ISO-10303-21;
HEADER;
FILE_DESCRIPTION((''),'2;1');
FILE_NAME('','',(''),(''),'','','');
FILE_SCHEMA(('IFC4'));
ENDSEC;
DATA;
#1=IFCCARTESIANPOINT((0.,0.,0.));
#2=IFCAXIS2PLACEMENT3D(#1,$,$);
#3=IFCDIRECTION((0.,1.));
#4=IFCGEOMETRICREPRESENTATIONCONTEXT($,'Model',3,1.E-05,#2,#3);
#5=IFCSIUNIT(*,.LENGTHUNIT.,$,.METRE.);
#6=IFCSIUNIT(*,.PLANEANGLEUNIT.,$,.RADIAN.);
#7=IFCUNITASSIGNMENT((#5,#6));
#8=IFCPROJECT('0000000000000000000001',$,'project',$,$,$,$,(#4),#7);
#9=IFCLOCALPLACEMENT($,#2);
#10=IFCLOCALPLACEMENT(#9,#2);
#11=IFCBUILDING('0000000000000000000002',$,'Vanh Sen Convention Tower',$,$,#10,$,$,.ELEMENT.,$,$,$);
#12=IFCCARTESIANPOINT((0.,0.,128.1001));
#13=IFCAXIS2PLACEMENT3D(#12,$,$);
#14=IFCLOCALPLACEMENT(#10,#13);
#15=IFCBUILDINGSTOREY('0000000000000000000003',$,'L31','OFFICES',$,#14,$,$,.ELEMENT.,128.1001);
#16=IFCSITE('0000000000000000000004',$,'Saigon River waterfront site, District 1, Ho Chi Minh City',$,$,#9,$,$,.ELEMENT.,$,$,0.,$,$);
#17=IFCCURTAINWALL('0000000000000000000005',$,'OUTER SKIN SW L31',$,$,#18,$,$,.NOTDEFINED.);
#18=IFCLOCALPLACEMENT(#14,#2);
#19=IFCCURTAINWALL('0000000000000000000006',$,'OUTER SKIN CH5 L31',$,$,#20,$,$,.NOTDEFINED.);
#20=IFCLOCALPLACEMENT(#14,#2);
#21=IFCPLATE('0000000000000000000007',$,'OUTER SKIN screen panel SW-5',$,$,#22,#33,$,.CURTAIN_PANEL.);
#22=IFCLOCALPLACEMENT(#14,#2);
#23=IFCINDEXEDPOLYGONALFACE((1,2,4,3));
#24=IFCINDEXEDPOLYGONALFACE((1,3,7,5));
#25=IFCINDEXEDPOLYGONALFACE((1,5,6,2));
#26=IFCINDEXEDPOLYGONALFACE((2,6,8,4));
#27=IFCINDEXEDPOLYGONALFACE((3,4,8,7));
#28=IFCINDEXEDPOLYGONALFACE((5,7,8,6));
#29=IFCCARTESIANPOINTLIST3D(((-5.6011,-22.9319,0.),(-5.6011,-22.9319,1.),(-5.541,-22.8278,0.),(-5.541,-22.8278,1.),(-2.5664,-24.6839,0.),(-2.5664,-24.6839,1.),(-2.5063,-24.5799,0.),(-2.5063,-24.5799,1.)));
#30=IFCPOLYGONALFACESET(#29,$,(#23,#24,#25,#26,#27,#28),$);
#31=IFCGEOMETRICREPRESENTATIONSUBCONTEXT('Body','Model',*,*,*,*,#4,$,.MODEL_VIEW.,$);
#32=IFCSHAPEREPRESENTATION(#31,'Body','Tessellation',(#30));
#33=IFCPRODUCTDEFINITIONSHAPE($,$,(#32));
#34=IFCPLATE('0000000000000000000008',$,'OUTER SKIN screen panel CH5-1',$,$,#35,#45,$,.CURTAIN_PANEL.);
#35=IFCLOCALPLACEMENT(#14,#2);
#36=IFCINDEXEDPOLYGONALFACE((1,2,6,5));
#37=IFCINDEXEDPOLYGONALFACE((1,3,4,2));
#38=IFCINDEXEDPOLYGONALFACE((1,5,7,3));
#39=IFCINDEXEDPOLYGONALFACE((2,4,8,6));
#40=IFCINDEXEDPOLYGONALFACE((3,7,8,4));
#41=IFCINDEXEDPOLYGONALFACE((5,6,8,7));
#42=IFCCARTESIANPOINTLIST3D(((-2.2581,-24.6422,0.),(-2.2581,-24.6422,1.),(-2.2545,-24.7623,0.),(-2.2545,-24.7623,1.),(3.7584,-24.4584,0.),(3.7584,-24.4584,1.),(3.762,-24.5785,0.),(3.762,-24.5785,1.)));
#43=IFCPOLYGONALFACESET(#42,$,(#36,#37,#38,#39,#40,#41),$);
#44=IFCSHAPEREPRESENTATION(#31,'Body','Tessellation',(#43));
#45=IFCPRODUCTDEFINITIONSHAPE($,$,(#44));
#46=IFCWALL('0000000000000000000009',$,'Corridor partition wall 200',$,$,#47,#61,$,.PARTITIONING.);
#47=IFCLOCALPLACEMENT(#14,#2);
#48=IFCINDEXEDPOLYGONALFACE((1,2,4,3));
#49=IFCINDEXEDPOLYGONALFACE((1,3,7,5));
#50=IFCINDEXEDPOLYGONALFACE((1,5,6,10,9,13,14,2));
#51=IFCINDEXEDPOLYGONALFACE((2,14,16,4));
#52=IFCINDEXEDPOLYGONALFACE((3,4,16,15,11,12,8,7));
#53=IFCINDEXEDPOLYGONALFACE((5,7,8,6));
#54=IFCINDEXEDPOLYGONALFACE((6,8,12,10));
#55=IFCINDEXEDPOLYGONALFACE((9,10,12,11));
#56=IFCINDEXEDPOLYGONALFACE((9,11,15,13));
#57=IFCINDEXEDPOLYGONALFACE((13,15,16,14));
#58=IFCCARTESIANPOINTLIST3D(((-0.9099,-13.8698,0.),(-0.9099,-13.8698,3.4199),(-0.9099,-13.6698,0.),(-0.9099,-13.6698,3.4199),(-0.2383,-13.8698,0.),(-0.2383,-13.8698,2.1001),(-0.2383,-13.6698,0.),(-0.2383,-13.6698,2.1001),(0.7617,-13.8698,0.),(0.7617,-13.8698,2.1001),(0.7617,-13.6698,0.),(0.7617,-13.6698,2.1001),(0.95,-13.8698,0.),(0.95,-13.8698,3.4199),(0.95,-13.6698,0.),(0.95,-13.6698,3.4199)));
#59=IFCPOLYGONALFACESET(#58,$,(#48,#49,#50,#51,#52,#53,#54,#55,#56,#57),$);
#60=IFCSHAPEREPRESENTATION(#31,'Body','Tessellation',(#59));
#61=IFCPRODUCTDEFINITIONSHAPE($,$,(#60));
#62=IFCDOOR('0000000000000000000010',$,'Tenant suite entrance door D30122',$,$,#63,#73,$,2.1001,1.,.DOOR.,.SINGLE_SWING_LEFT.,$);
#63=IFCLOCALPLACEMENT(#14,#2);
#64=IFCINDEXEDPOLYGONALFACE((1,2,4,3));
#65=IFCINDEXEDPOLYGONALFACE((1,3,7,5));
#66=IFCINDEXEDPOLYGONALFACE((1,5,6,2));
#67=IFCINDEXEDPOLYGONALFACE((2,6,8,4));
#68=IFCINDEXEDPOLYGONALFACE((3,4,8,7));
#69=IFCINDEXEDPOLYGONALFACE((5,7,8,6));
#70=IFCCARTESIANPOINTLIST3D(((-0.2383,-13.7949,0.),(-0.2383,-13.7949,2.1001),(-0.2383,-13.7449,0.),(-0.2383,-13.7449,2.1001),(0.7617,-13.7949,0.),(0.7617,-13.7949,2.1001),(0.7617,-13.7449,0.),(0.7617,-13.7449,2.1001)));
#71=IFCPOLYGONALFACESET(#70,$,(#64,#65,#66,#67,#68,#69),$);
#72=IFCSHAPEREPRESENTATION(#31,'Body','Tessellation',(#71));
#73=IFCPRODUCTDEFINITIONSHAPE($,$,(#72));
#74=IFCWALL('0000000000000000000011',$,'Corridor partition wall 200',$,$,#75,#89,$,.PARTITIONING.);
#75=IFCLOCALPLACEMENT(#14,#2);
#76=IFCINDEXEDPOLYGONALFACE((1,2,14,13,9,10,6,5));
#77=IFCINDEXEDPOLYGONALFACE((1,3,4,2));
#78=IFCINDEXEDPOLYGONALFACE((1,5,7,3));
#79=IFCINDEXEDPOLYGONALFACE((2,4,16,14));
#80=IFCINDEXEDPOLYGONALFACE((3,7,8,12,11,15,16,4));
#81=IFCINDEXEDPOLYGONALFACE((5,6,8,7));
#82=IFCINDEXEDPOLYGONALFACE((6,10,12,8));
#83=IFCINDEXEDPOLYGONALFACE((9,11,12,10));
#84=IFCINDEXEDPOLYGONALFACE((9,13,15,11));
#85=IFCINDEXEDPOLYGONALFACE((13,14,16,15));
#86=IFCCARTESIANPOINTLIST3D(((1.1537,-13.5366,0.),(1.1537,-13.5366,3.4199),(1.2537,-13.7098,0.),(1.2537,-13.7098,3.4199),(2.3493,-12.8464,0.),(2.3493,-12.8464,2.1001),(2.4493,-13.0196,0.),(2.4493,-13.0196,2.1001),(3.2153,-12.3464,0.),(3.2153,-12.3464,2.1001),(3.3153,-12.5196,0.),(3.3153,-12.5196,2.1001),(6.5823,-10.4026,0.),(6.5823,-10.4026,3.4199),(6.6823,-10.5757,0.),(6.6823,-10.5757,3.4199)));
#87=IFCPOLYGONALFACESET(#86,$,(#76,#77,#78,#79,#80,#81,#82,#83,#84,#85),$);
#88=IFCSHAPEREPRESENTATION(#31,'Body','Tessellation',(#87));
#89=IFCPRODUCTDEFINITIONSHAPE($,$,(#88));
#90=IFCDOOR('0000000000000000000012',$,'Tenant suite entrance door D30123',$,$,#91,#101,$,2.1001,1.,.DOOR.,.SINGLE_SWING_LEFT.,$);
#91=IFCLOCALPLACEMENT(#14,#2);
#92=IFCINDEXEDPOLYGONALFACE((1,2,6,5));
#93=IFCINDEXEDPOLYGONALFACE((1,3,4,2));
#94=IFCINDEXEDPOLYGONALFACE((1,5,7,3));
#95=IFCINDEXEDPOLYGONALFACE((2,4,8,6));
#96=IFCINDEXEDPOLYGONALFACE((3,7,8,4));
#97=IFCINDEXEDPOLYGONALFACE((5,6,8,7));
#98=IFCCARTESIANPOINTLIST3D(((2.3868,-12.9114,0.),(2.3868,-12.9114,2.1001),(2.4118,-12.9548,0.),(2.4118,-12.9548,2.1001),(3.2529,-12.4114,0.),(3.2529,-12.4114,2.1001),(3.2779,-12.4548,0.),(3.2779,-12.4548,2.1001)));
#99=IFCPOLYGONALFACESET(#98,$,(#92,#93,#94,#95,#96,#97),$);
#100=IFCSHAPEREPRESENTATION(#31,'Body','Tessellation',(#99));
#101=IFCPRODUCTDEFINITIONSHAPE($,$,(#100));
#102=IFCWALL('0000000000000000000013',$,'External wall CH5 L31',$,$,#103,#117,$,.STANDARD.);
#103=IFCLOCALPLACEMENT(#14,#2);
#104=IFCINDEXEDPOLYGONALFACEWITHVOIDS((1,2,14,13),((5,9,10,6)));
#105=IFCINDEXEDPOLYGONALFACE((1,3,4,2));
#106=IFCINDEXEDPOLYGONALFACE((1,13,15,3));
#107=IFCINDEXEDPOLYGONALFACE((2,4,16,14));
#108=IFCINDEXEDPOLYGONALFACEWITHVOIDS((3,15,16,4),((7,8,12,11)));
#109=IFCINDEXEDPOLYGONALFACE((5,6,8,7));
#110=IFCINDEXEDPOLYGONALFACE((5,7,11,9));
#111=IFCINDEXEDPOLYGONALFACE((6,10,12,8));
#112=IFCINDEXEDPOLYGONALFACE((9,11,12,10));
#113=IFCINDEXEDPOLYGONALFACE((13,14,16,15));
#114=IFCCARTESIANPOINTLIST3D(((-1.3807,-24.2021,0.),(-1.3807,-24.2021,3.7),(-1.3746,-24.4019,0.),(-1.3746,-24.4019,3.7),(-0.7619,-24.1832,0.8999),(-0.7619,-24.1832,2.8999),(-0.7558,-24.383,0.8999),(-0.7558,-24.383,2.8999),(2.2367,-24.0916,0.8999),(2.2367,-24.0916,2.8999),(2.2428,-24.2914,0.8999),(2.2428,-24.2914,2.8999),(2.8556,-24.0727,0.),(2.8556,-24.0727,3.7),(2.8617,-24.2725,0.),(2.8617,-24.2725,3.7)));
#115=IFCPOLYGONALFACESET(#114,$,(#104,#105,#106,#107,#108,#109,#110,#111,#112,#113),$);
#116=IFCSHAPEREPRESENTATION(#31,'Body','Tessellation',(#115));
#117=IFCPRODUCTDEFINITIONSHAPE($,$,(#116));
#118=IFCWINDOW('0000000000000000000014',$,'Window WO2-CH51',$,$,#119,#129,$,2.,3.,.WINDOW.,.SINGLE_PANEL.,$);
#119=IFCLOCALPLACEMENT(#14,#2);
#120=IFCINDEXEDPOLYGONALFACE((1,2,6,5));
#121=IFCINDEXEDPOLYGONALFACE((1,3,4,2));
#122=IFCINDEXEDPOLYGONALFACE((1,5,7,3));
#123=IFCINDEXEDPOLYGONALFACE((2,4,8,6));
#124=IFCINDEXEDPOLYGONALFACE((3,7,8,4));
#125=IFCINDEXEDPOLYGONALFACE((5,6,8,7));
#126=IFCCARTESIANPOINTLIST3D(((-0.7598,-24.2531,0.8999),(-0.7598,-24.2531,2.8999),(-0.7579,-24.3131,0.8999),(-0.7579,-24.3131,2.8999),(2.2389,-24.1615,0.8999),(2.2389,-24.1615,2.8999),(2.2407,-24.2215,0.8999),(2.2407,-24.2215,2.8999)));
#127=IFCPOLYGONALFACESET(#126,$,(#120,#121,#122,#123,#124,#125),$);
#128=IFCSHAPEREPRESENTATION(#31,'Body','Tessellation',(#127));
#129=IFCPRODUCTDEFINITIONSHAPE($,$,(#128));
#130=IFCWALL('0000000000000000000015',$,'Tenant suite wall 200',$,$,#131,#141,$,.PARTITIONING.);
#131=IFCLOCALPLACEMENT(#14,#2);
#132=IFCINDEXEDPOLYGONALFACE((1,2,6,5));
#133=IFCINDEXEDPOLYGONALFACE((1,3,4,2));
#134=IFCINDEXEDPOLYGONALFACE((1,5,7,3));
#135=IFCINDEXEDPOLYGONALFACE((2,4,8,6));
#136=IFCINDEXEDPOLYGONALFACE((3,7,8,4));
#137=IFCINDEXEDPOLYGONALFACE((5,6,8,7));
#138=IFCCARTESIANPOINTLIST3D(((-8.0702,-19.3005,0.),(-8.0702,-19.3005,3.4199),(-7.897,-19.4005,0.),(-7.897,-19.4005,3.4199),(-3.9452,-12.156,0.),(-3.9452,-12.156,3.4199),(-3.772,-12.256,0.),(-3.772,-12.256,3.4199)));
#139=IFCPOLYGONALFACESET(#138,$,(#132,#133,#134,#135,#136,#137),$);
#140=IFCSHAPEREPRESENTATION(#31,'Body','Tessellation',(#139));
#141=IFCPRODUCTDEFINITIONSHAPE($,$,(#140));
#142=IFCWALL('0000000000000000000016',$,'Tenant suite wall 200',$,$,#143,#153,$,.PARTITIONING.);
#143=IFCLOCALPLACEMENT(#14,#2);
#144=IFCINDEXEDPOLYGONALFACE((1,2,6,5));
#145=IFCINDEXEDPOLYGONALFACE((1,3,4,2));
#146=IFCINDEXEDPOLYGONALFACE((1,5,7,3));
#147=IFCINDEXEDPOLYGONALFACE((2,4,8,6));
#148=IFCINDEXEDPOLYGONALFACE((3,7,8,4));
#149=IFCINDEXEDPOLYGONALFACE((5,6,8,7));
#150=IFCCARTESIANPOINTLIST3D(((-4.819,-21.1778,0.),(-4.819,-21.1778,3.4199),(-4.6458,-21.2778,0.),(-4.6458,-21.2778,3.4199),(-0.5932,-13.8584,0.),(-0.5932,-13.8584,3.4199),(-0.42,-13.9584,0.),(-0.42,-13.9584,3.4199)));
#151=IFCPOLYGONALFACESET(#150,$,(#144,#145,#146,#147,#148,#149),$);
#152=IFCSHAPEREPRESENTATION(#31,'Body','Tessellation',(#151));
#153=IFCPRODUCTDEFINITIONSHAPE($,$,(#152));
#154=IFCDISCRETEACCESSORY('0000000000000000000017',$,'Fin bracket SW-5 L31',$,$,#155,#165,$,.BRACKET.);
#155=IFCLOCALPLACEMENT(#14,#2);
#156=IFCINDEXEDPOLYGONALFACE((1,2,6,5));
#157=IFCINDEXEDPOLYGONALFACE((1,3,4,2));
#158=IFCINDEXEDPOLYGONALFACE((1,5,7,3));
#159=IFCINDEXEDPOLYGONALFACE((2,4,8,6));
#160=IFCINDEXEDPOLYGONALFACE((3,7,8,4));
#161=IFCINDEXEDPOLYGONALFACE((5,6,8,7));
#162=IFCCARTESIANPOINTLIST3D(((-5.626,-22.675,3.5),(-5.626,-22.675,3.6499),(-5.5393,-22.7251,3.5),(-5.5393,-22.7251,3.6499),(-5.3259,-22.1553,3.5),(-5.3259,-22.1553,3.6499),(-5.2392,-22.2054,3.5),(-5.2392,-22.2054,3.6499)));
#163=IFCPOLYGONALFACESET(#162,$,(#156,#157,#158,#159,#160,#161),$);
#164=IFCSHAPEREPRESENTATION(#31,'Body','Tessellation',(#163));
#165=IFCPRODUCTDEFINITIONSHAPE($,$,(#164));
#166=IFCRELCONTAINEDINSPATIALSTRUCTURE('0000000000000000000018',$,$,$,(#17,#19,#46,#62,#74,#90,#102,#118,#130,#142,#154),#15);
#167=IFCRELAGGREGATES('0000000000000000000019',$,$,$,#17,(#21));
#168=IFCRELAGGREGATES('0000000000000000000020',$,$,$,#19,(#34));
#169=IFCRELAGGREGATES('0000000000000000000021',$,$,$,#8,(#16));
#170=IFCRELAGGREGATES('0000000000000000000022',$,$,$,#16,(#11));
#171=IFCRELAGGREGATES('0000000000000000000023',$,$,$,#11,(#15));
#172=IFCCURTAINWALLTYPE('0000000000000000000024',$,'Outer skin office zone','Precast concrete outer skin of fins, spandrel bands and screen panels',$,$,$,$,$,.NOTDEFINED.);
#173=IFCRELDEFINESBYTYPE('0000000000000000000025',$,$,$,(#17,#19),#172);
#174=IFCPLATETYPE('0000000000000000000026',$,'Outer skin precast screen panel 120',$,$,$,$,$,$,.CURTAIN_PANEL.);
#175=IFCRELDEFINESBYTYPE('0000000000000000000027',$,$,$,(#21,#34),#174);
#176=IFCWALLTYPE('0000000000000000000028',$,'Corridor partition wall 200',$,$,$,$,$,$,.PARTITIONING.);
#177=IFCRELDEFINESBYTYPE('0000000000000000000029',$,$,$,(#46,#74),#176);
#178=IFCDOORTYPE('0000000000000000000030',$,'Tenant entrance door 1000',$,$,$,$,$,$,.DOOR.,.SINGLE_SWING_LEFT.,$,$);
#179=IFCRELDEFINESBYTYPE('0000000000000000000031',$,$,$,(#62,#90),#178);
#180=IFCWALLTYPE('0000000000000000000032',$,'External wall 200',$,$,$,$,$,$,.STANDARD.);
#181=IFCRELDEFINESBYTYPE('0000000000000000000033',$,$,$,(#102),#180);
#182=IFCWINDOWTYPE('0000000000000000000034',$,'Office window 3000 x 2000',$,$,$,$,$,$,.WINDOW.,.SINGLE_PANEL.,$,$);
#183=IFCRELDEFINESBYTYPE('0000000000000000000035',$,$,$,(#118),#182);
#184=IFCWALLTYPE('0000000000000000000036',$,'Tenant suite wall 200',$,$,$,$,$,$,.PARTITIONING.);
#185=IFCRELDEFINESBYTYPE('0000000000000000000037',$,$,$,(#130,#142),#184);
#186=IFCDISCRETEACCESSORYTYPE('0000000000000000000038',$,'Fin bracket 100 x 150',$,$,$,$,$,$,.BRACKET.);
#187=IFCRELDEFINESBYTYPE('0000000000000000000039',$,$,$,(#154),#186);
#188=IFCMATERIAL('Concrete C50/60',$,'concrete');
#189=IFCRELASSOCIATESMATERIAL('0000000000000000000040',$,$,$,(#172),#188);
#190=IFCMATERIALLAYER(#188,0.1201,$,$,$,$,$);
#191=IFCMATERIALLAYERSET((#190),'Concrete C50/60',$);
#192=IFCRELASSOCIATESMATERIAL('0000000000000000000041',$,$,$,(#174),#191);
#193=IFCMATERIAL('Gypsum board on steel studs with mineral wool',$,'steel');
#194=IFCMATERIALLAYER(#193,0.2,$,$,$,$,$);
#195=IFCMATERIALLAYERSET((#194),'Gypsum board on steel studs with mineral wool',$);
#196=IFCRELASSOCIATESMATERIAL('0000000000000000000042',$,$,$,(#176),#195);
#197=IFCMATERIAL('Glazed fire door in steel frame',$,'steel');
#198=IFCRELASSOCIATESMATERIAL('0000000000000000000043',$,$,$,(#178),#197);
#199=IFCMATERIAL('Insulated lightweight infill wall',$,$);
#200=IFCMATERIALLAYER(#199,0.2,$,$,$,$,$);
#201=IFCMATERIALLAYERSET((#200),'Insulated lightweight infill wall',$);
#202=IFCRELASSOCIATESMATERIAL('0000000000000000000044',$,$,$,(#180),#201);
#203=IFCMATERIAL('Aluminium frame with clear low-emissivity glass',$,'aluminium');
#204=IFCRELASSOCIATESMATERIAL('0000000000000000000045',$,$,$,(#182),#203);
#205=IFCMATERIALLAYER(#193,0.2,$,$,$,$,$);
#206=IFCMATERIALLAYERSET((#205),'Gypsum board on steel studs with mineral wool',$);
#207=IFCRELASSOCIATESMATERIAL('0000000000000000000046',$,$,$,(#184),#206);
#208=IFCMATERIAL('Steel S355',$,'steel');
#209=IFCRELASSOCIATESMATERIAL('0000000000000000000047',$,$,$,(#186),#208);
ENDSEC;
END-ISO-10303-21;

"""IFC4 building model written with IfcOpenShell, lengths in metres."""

from ifc_helpers import new_model, si_unit, direction, frame, frame_2d, origin, origin_2d, place, context, subcontext, project, spatial, rectangle, extrude, material, layer, layer_set, type_object, element, fill, aggregate, save


model = new_model("IFC4")

# Units and contexts
model_context = context("Model", 3, precision=1e-05, world=origin(), true_north=direction((0.0, 1.0)))
body_context = subcontext(model_context, "Body", "Model", "MODEL_VIEW")
ifc_project = project(units=[si_unit("LENGTHUNIT", "METRE"), si_unit("PLANEANGLEUNIT", "RADIAN")], contexts=[model_context])

# Site, building, storey
site_placement = place(None, origin())
site = spatial("IfcSite", under=ifc_project, at=site_placement, Name="Saigon River waterfront site, District 1, Ho Chi Minh City", CompositionType="ELEMENT", RefElevation=0.0)
building_placement = place(site_placement, origin())
building = spatial("IfcBuilding", under=site, at=building_placement, Name="Vanh Sen Convention Tower", CompositionType="ELEMENT")
storey_placement = place(building_placement, frame((0.0, 0.0, 128.1001)))
storey = spatial("IfcBuildingStorey", under=building, at=storey_placement, Name="L31", Description="OFFICES", CompositionType="ELEMENT", Elevation=128.1001)

# Curtain wall
ifc_material_1 = material(Name="Concrete C50/60", Category="concrete")
curtain_wall_type = type_object("IfcCurtainWallType", Name="Outer skin office zone", Description="Precast concrete outer skin of fins, spandrel bands and screen panels", PredefinedType="NOTDEFINED", material=ifc_material_1)
curtain_wall_1_placement = place(storey_placement, origin())
curtain_wall_1 = element("IfcCurtainWall", 1, at=curtain_wall_1_placement, inside=storey, type_object=curtain_wall_type, Name="OUTER SKIN SW L31", PredefinedType="NOTDEFINED")

# Curtain wall
curtain_wall_2_placement = place(storey_placement, origin())
curtain_wall_2 = element("IfcCurtainWall", 2, at=curtain_wall_2_placement, inside=storey, type_object=curtain_wall_type, Name="OUTER SKIN CH5 L31", PredefinedType="NOTDEFINED")

# Plates
ifc_layer_1 = layer(ifc_material_1, 0.1201)
ifc_layer_set_1 = layer_set([ifc_layer_1], Name="Concrete C50/60")
plate_type = type_object("IfcPlateType", Name="Outer skin precast screen panel 120", PredefinedType="CURTAIN_PANEL", material=ifc_layer_set_1)
plate_1_placement = place(storey_placement, frame((-4.0537, -23.7559, 0.0), z_axis=(0.0, 0.0, 1.0), x_axis=(0.866035, -0.499983, 0.0)))
plate_1 = element("IfcPlate", 3, at=plate_1_placement, type_object=plate_type, Name="OUTER SKIN screen panel SW-5", PredefinedType="CURTAIN_PANEL", context=body_context, shape_type="SweptSolid", body=[
    extrude(rectangle(XDim=3.5042, YDim=0.1201, at=origin_2d()), origin(), (0.0, 0.0, 1.0), 1.0),
])
aggregate(curtain_wall_1, [plate_1])
plate_2_placement = place(storey_placement, frame((0.752, -24.6104, 0.0), z_axis=(0.0, 0.0, 1.0), x_axis=(0.999534, 0.03054, 0.0)))
plate_2 = element("IfcPlate", 4, at=plate_2_placement, type_object=plate_type, Name="OUTER SKIN screen panel CH5-1", PredefinedType="CURTAIN_PANEL", context=body_context, shape_type="SweptSolid", body=[
    extrude(rectangle(XDim=6.0193, YDim=0.1201, at=origin_2d()), origin(), (0.0, 0.0, 1.0), 1.0),
])
aggregate(curtain_wall_2, [plate_2])

# Walls, openings, doors
ifc_material_2 = material(Name="Gypsum board on steel studs with mineral wool", Category="steel")
ifc_layer_2 = layer(ifc_material_2, 0.2)
ifc_layer_set_2 = layer_set([ifc_layer_2], Name="Gypsum board on steel studs with mineral wool")
wall_type_1 = type_object("IfcWallType", Name="Corridor partition wall 200", PredefinedType="PARTITIONING", material=ifc_layer_set_2)
wall_1_placement = place(storey_placement, frame((-0.9099, -13.7698, 0.0), z_axis=(0.0, 0.0, 1.0), x_axis=(1.0, 0.0, 0.0)))
wall_1 = element("IfcWall", 5, at=wall_1_placement, inside=storey, type_object=wall_type_1, Name="Corridor partition wall 200", PredefinedType="PARTITIONING", context=body_context, shape_type="SweptSolid", body=[
    extrude(rectangle(XDim=1.8599, YDim=0.2, at=frame_2d((0.9299, 0.0))), origin(), (0.0, 0.0, 1.0), 3.4199),
])
opening_1_placement = place(wall_1_placement, frame((0.6716, 0.0, 0.0)))
opening_1 = element("IfcOpeningElement", 6, at=opening_1_placement, cuts=wall_1, PredefinedType="OPENING", context=body_context, shape_type="SweptSolid", body=[
    extrude(rectangle(XDim=1.0, YDim=2.1001, at=frame_2d((0.5, 1.05))), frame((0.0, 0.1099, 0.0), z_axis=(0.0, -1.0, 0.0), x_axis=(1.0, 0.0, 0.0)), (0.0, 0.0, 1.0), 0.22),
])
ifc_material_3 = material(Name="Glazed fire door in steel frame", Category="steel")
door_type = type_object("IfcDoorType", Name="Tenant entrance door 1000", OperationType="SINGLE_SWING_LEFT", PredefinedType="DOOR", material=ifc_material_3)
door_1_placement = place(opening_1_placement, origin())
door_1 = element("IfcDoor", 7, at=door_1_placement, inside=storey, type_object=door_type, Name="Tenant suite entrance door D30122", OperationType="SINGLE_SWING_LEFT", OverallHeight=2.1001, OverallWidth=1.0, PredefinedType="DOOR", context=body_context, shape_type="SweptSolid", body=[
    extrude(rectangle(XDim=1.0, YDim=2.1001, at=frame_2d((0.5, 1.05))), frame((0.0, 0.0249, 0.0), z_axis=(0.0, -1.0, 0.0), x_axis=(1.0, 0.0, 0.0)), (0.0, 0.0, 1.0), 0.05),
])
fill(opening_1, door_1)
wall_2_placement = place(storey_placement, frame((1.2036, -13.6233, 0.0), z_axis=(0.0, 0.0, 1.0), x_axis=(0.866032, 0.499989, 0.0)))
wall_2 = element("IfcWall", 8, at=wall_2_placement, inside=storey, type_object=wall_type_1, Name="Corridor partition wall 200", PredefinedType="PARTITIONING", context=body_context, shape_type="SweptSolid", body=[
    extrude(rectangle(XDim=6.2683, YDim=0.2, at=frame_2d((3.1343, 0.0))), origin(), (0.0, 0.0, 1.0), 3.4199),
])
opening_2_placement = place(wall_2_placement, frame((1.3806, 0.0, 0.0)))
opening_2 = element("IfcOpeningElement", 9, at=opening_2_placement, cuts=wall_2, PredefinedType="OPENING", context=body_context, shape_type="SweptSolid", body=[
    extrude(rectangle(XDim=1.0, YDim=2.1001, at=frame_2d((0.5, 1.05))), frame((0.0, 0.1099, 0.0), z_axis=(0.0, -1.0, 0.0), x_axis=(1.0, 0.0, 0.0)), (0.0, 0.0, 1.0), 0.22),
])
door_2_placement = place(opening_2_placement, origin())
door_2 = element("IfcDoor", 10, at=door_2_placement, inside=storey, type_object=door_type, Name="Tenant suite entrance door D30123", OperationType="SINGLE_SWING_LEFT", OverallHeight=2.1001, OverallWidth=1.0, PredefinedType="DOOR", context=body_context, shape_type="SweptSolid", body=[
    extrude(rectangle(XDim=1.0, YDim=2.1001, at=frame_2d((0.5, 1.05))), frame((0.0, 0.0249, 0.0), z_axis=(0.0, -1.0, 0.0), x_axis=(1.0, 0.0, 0.0)), (0.0, 0.0, 1.0), 0.05),
])
fill(opening_2, door_2)

# Wall, opening, window
ifc_material_4 = material(Name="Insulated lightweight infill wall")
ifc_layer_3 = layer(ifc_material_4, 0.2)
ifc_layer_set_3 = layer_set([ifc_layer_3], Name="Insulated lightweight infill wall")
wall_type_2 = type_object("IfcWallType", Name="External wall 200", PredefinedType="STANDARD", material=ifc_layer_set_3)
wall_3_placement = place(storey_placement, frame((-1.3777, -24.302, 0.0), z_axis=(0.0, 0.0, 1.0), x_axis=(0.999534, 0.03053, 0.0)))
wall_3 = element("IfcWall", 11, at=wall_3_placement, inside=storey, type_object=wall_type_2, Name="External wall CH5 L31", PredefinedType="STANDARD", context=body_context, shape_type="SweptSolid", body=[
    extrude(rectangle(XDim=4.2383, YDim=0.2, at=frame_2d((2.1191, 0.0))), origin(), (0.0, 0.0, 1.0), 3.7),
])
opening_3_placement = place(wall_3_placement, frame((0.6191, 0.0, 0.8999)))
opening_3 = element("IfcOpeningElement", 12, at=opening_3_placement, cuts=wall_3, PredefinedType="OPENING", context=body_context, shape_type="SweptSolid", body=[
    extrude(rectangle(XDim=3.0, YDim=2.0, at=frame_2d((1.5, 1.0))), frame((0.0, 0.1099, 0.0), z_axis=(0.0, -1.0, 0.0), x_axis=(1.0, 0.0, 0.0)), (0.0, 0.0, 1.0), 0.22),
])
ifc_material_5 = material(Name="Aluminium frame with clear low-emissivity glass", Category="aluminium")
window_type = type_object("IfcWindowType", Name="Office window 3000 x 2000", PartitioningType="SINGLE_PANEL", PredefinedType="WINDOW", material=ifc_material_5)
window_placement = place(opening_3_placement, origin())
window = element("IfcWindow", 13, at=window_placement, inside=storey, type_object=window_type, Name="Window WO2-CH51", OverallHeight=2.0, OverallWidth=3.0, PartitioningType="SINGLE_PANEL", PredefinedType="WINDOW", context=body_context, shape_type="SweptSolid", body=[
    extrude(rectangle(XDim=3.0, YDim=2.0, at=frame_2d((1.5, 1.0))), frame((0.0, 0.03, 0.0), z_axis=(0.0, -1.0, 0.0), x_axis=(1.0, 0.0, 0.0)), (0.0, 0.0, 1.0), 0.0601),
])
fill(opening_3, window)

# Walls
ifc_layer_4 = layer(ifc_material_2, 0.2)
ifc_layer_set_4 = layer_set([ifc_layer_4], Name="Gypsum board on steel studs with mineral wool")
wall_type_3 = type_object("IfcWallType", Name="Tenant suite wall 200", PredefinedType="PARTITIONING", material=ifc_layer_set_4)
wall_4_placement = place(storey_placement, frame((-7.9836, -19.3506, 0.0), z_axis=(0.0, 0.0, 1.0), x_axis=(0.500009, 0.86602, 0.0)))
element("IfcWall", 14, at=wall_4_placement, inside=storey, type_object=wall_type_3, Name="Tenant suite wall 200", PredefinedType="PARTITIONING", context=body_context, shape_type="SweptSolid", body=[
    extrude(rectangle(XDim=8.2498, YDim=0.2, at=frame_2d((4.125, 0.0))), origin(), (0.0, 0.0, 1.0), 3.4199),
])
wall_5_placement = place(storey_placement, frame((-4.7324, -21.2278, 0.0), z_axis=(0.0, 0.0, 1.0), x_axis=(0.500001, 0.866025, 0.0)))
element("IfcWall", 15, at=wall_5_placement, inside=storey, type_object=wall_type_3, Name="Tenant suite wall 200", PredefinedType="PARTITIONING", context=body_context, shape_type="SweptSolid", body=[
    extrude(rectangle(XDim=8.4517, YDim=0.2, at=frame_2d((4.2258, 0.0))), origin(), (0.0, 0.0, 1.0), 3.4199),
])

# Discrete accessory
ifc_material_6 = material(Name="Steel S355", Category="steel")
discrete_accessory_type = type_object("IfcDiscreteAccessoryType", Name="Fin bracket 100 x 150", PredefinedType="BRACKET", material=ifc_material_6)
discrete_accessory_placement = place(storey_placement, frame((-5.4326, -22.4402, 3.5), z_axis=(0.0, 0.0, 1.0), x_axis=(-0.5, -0.866025, 0.0)))
element("IfcDiscreteAccessory", 16, at=discrete_accessory_placement, inside=storey, type_object=discrete_accessory_type, Name="Fin bracket SW-5 L31", PredefinedType="BRACKET", context=body_context, shape_type="SweptSolid", body=[
    extrude(rectangle(XDim=0.6001, YDim=0.1001, at=origin_2d()), origin(), (0.0, 0.0, 1.0), 0.1499),
])

save(model, "model.ifc")
